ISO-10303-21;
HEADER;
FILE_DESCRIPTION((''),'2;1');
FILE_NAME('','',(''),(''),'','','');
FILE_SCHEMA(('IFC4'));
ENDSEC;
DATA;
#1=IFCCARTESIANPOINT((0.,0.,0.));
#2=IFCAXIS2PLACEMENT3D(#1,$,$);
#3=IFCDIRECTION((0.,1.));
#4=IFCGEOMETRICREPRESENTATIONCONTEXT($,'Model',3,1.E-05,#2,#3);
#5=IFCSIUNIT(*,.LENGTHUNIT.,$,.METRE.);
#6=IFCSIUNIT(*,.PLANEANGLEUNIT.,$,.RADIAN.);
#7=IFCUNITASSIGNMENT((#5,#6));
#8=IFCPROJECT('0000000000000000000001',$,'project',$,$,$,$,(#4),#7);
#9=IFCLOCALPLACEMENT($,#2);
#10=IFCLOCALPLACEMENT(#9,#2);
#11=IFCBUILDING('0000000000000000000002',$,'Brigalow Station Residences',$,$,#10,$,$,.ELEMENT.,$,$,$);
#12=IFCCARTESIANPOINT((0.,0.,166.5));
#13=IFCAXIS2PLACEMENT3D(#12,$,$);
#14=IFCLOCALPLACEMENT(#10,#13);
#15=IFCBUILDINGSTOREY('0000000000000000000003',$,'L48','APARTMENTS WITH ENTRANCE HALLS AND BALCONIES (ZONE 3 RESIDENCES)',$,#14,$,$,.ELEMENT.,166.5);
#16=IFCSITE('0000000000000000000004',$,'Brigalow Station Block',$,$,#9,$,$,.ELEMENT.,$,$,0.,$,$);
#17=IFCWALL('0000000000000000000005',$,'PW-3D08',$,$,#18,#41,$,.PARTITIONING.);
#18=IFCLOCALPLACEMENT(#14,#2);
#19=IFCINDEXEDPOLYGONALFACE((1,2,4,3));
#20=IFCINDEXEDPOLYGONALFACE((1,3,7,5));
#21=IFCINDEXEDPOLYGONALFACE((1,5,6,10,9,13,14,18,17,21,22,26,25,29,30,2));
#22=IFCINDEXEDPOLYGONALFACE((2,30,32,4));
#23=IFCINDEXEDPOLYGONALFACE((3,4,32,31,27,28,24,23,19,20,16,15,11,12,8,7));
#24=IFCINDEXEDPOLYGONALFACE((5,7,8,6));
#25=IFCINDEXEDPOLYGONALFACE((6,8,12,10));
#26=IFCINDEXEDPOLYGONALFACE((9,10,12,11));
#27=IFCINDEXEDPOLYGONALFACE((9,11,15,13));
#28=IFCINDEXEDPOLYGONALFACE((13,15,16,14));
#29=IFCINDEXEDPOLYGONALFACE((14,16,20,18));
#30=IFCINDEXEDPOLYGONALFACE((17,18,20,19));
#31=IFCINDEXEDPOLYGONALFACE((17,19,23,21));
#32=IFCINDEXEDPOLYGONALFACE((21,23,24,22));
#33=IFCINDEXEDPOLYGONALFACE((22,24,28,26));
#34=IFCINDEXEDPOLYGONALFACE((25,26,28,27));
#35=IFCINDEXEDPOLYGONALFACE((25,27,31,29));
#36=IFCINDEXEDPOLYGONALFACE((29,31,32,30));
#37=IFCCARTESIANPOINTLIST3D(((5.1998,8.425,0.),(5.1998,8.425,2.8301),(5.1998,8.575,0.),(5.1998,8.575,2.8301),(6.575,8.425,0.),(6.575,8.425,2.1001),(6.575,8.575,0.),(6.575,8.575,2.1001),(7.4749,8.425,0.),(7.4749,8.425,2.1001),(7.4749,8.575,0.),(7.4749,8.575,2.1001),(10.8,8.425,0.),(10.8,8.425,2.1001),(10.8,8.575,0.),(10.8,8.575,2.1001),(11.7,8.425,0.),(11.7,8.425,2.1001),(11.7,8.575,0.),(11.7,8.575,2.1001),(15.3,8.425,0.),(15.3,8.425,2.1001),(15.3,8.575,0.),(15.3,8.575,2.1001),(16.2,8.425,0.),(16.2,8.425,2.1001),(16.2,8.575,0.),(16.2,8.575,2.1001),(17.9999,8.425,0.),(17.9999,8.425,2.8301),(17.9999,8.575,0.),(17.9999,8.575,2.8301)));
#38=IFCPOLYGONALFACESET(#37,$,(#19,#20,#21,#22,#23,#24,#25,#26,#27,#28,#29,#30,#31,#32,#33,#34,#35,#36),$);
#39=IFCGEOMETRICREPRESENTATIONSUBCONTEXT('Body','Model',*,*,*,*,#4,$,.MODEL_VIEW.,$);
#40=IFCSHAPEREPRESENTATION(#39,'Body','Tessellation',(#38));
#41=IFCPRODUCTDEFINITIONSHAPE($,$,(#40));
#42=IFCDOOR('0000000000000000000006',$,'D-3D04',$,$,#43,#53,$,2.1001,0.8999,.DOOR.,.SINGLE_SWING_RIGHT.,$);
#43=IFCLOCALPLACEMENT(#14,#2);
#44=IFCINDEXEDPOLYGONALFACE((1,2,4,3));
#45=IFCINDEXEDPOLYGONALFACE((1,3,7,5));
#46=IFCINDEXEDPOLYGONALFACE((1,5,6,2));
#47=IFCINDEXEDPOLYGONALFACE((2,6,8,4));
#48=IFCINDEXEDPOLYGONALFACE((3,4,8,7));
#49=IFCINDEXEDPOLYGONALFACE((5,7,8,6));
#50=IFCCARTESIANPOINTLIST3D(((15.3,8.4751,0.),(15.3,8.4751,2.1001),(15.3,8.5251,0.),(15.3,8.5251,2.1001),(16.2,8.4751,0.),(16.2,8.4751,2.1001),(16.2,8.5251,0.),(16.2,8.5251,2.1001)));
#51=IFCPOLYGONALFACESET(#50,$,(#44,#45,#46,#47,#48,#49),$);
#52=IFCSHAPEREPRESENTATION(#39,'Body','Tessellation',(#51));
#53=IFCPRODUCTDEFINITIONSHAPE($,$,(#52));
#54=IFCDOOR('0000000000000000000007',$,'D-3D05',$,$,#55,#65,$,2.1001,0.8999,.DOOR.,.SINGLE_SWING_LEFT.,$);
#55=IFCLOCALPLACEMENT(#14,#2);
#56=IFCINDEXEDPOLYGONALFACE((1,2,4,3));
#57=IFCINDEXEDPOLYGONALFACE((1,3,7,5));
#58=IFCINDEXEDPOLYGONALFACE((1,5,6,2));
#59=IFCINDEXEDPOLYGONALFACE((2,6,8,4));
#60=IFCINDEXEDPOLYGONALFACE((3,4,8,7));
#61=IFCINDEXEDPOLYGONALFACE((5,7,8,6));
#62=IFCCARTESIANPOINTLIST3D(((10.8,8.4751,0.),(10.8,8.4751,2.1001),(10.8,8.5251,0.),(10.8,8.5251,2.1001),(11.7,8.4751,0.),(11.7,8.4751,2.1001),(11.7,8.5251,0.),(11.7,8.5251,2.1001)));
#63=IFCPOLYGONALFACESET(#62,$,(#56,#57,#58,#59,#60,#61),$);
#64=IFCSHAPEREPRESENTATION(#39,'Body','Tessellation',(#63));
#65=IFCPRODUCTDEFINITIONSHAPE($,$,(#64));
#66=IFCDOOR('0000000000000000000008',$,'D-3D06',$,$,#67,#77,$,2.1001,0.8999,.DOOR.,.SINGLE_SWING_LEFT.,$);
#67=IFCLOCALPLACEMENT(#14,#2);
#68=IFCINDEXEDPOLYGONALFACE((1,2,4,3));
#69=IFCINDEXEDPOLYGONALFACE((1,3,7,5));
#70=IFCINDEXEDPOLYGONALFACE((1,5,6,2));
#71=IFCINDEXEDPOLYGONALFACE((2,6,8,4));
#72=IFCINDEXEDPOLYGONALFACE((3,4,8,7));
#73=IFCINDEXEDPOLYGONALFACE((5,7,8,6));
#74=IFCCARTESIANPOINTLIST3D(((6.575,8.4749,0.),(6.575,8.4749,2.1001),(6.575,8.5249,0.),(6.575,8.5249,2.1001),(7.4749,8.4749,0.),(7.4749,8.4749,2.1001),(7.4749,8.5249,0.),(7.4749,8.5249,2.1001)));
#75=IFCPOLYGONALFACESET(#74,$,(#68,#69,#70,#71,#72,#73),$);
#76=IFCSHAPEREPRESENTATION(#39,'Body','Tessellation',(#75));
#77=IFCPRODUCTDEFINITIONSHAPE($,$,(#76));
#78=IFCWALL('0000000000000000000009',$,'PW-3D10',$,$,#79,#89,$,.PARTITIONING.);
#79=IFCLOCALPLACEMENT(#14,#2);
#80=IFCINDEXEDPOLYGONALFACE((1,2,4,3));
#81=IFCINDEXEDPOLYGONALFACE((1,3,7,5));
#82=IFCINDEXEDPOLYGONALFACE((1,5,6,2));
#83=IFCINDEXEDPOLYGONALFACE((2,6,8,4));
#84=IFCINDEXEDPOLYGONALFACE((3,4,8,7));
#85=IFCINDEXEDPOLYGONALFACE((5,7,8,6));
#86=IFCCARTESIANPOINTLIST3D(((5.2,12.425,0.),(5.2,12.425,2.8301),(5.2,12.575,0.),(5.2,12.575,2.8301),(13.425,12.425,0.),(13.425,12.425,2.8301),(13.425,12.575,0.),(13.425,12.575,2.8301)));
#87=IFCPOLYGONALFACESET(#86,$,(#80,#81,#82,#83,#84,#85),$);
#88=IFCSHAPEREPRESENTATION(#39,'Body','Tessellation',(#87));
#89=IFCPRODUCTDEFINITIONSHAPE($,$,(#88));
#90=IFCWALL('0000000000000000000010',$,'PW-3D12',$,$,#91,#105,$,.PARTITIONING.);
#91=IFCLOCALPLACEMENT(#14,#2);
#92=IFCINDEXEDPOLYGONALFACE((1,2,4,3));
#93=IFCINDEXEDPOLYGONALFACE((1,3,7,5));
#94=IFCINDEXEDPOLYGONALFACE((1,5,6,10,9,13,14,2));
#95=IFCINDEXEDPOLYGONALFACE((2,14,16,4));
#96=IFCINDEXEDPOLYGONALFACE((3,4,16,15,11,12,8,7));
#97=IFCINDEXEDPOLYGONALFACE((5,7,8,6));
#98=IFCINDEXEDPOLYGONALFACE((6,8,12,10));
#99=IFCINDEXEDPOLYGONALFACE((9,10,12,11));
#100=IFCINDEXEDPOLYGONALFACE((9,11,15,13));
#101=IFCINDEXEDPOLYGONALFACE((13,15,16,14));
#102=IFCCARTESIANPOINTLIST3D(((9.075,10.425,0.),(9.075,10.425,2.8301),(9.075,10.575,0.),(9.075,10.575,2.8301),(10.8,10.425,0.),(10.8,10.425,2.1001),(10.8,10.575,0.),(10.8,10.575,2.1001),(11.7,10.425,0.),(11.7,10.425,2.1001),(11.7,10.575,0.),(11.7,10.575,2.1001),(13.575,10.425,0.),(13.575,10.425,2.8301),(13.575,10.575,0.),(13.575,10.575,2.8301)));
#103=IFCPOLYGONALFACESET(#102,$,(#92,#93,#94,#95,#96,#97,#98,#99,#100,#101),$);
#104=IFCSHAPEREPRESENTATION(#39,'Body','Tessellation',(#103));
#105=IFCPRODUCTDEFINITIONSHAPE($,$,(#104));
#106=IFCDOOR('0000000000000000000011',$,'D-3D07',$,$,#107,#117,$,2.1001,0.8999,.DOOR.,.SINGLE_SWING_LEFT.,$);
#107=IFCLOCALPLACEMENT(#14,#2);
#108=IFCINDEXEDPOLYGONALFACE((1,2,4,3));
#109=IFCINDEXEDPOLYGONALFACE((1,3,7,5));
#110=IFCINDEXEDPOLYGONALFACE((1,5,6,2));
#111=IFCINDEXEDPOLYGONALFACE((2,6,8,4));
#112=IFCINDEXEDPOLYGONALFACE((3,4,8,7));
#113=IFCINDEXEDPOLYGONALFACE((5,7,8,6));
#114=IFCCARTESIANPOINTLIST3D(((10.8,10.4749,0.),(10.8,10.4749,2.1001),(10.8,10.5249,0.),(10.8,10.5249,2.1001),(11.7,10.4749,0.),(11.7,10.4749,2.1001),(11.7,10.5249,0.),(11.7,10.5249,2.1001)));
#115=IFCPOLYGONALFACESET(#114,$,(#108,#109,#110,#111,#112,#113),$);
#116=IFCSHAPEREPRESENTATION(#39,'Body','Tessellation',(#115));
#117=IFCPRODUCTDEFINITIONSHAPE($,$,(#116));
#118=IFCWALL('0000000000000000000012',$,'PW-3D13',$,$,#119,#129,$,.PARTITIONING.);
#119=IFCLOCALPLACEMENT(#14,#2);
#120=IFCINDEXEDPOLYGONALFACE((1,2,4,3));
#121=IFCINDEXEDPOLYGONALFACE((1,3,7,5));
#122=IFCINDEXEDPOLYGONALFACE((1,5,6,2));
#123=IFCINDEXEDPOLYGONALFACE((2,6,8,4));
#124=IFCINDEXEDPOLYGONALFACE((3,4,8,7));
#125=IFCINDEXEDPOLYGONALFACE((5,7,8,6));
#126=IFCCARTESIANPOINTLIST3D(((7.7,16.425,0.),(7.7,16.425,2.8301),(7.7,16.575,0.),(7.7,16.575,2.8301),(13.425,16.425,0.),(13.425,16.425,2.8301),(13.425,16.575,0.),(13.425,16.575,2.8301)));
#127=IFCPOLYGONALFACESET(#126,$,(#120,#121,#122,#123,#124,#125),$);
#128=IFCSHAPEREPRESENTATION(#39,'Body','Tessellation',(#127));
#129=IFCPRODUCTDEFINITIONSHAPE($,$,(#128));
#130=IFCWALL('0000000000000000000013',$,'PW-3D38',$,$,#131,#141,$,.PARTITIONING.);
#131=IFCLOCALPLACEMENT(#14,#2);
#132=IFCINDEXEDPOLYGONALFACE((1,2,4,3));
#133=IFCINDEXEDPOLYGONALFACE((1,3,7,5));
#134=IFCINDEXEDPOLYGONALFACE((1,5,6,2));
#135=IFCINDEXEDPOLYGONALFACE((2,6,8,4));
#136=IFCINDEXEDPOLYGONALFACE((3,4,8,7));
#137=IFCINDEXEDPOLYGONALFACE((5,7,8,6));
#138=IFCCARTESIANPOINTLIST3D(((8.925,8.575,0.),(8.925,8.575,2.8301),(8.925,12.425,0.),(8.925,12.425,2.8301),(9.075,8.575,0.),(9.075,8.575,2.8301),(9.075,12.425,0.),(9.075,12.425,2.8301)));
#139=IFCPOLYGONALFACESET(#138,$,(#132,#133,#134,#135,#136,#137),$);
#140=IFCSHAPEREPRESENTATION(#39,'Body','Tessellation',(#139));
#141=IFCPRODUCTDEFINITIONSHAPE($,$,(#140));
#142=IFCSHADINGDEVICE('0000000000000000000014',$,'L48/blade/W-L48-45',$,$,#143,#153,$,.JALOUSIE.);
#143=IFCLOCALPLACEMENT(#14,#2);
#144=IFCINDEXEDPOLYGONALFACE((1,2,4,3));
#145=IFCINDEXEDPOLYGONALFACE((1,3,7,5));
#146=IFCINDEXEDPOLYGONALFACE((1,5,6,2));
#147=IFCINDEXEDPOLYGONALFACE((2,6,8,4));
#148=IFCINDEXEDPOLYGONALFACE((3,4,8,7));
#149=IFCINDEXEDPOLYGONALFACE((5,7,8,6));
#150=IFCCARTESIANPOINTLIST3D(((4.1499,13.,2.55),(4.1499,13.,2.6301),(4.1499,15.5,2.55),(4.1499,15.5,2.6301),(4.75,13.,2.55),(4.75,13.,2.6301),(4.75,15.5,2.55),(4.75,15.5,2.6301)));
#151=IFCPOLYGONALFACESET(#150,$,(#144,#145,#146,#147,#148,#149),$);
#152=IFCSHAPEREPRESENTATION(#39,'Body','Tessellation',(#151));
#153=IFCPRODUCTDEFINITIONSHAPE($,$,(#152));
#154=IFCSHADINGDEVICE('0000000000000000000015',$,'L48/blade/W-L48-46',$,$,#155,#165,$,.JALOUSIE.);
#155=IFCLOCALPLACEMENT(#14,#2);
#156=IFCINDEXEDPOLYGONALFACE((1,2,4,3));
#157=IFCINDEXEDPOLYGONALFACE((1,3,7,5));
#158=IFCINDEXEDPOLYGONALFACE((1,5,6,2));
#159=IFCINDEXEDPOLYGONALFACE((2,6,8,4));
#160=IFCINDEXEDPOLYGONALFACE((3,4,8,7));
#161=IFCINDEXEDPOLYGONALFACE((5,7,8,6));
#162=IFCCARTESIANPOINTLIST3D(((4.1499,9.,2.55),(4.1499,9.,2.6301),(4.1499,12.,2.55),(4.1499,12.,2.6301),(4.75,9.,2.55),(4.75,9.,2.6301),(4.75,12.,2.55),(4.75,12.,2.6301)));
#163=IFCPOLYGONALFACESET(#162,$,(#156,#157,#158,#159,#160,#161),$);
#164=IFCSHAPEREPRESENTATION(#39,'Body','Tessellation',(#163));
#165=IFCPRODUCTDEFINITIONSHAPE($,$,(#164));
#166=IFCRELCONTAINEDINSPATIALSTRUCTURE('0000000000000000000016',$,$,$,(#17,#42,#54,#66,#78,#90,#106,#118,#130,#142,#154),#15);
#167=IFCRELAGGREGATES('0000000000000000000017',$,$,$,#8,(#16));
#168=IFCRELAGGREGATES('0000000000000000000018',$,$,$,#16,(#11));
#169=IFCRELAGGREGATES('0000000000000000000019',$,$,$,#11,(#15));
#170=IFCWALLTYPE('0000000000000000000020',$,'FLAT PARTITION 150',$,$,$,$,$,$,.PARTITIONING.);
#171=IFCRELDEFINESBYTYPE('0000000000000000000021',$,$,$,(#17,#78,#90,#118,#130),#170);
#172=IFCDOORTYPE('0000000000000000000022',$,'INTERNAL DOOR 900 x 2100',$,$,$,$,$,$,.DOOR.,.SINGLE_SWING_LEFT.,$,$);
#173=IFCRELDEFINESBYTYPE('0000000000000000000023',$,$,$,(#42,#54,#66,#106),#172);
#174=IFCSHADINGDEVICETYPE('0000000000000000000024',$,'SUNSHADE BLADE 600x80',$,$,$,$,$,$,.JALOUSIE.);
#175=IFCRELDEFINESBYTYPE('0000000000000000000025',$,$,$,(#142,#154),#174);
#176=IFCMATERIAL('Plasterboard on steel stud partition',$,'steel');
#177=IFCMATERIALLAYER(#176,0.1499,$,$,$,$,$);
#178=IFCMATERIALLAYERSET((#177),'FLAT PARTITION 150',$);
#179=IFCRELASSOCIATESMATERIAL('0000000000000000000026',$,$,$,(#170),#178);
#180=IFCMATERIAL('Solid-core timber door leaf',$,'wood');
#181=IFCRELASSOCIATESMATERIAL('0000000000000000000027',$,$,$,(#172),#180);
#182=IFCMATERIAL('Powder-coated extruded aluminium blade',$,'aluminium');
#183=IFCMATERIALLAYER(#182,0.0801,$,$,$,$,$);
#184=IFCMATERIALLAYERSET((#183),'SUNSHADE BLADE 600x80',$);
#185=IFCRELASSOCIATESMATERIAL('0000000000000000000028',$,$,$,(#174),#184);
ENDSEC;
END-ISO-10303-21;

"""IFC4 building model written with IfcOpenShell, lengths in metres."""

from ifc_helpers import new_model, si_unit, direction, frame, frame_2d, origin, origin_2d, place, context, subcontext, project, spatial, rectangle, extrude, material, layer, layer_set, type_object, element, fill, save


model = new_model("IFC4")

# Units and contexts
model_context = context("Model", 3, precision=1e-05, world=origin(), true_north=direction((0.0, 1.0)))
body_context = subcontext(model_context, "Body", "Model", "MODEL_VIEW")
ifc_project = project(units=[si_unit("LENGTHUNIT", "METRE"), si_unit("PLANEANGLEUNIT", "RADIAN")], contexts=[model_context])

# Site, building, storey
site_placement = place(None, origin())
site = spatial("IfcSite", under=ifc_project, at=site_placement, Name="Brigalow Station Block", CompositionType="ELEMENT", RefElevation=0.0)
building_placement = place(site_placement, origin())
building = spatial("IfcBuilding", under=site, at=building_placement, Name="Brigalow Station Residences", CompositionType="ELEMENT")
storey_placement = place(building_placement, frame((0.0, 0.0, 166.5)))
storey = spatial("IfcBuildingStorey", under=building, at=storey_placement, Name="L48", Description="APARTMENTS WITH ENTRANCE HALLS AND BALCONIES (ZONE 3 RESIDENCES)", CompositionType="ELEMENT", Elevation=166.5)

# Wall, openings, doors
ifc_material_1 = material(Name="Plasterboard on steel stud partition", Category="steel")
ifc_layer_1 = layer(ifc_material_1, 0.1499)
ifc_layer_set_1 = layer_set([ifc_layer_1], Name="FLAT PARTITION 150")
wall_type_1 = type_object("IfcWallType", Name="FLAT PARTITION 150", PredefinedType="PARTITIONING", material=ifc_layer_set_1)
wall_1_placement = place(storey_placement, frame((5.2, 8.5, 0.0), z_axis=(0.0, 0.0, 1.0), x_axis=(1.0, 0.0, 0.0)))
wall_1 = element("IfcWall", 1, at=wall_1_placement, inside=storey, type_object=wall_type_1, Name="PW-3D08", PredefinedType="PARTITIONING", context=body_context, shape_type="SweptSolid", body=[
    extrude(rectangle(XDim=12.8, YDim=0.1499, at=frame_2d((6.3999, 0.0))), origin(), (0.0, 0.0, 1.0), 2.8301),
])
opening_1_placement = place(wall_1_placement, frame((10.1001, 0.0, 0.0)))
opening_1 = element("IfcOpeningElement", 2, at=opening_1_placement, cuts=wall_1, PredefinedType="OPENING", context=body_context, shape_type="SweptSolid", body=[
    extrude(rectangle(XDim=0.8999, YDim=2.1001, at=frame_2d((0.45, 1.05))), frame((0.0, 0.085, 0.0), z_axis=(0.0, -1.0, 0.0), x_axis=(1.0, 0.0, 0.0)), (0.0, 0.0, 1.0), 0.1699),
])
opening_2_placement = place(wall_1_placement, frame((5.6001, 0.0, 0.0)))
opening_2 = element("IfcOpeningElement", 3, at=opening_2_placement, cuts=wall_1, PredefinedType="OPENING", context=body_context, shape_type="SweptSolid", body=[
    extrude(rectangle(XDim=0.8999, YDim=2.1001, at=frame_2d((0.45, 1.05))), frame((0.0, 0.085, 0.0), z_axis=(0.0, -1.0, 0.0), x_axis=(1.0, 0.0, 0.0)), (0.0, 0.0, 1.0), 0.1699),
])
opening_3_placement = place(wall_1_placement, frame((1.375, 0.0, 0.0)))
opening_3 = element("IfcOpeningElement", 4, at=opening_3_placement, cuts=wall_1, PredefinedType="OPENING", context=body_context, shape_type="SweptSolid", body=[
    extrude(rectangle(XDim=0.8999, YDim=2.1001, at=frame_2d((0.45, 1.05))), frame((0.0, 0.085, 0.0), z_axis=(0.0, -1.0, 0.0), x_axis=(1.0, 0.0, 0.0)), (0.0, 0.0, 1.0), 0.1699),
])
ifc_material_2 = material(Name="Solid-core timber door leaf", Category="wood")
door_type_1 = type_object("IfcDoorType", Name="INTERNAL DOOR 900 x 2100", OperationType="SINGLE_SWING_LEFT", PredefinedType="DOOR", material=ifc_material_2)
door_1_placement = place(opening_1_placement, frame((0.8999, 0.0, 0.0), z_axis=(0.0, 0.0, 1.0), x_axis=(-1.0, 0.0, 0.0)))
door_1 = element("IfcDoor", 5, at=door_1_placement, inside=storey, type_object=door_type_1, Name="D-3D04", OperationType="SINGLE_SWING_RIGHT", OverallHeight=2.1001, OverallWidth=0.8999, PredefinedType="DOOR", context=body_context, shape_type="SweptSolid", body=[
    extrude(rectangle(XDim=0.8999, YDim=2.1001, at=frame_2d((0.45, 1.05))), frame((0.0, 0.0249, 0.0), z_axis=(0.0, -1.0, 0.0), x_axis=(1.0, 0.0, 0.0)), (0.0, 0.0, 1.0), 0.05),
])
fill(opening_1, door_1)
door_2_placement = place(opening_2_placement, frame((0.8999, 0.0, 0.0), z_axis=(0.0, 0.0, 1.0), x_axis=(-1.0, 0.0, 0.0)))
door_2 = element("IfcDoor", 6, at=door_2_placement, inside=storey, type_object=door_type_1, Name="D-3D05", OperationType="SINGLE_SWING_LEFT", OverallHeight=2.1001, OverallWidth=0.8999, PredefinedType="DOOR", context=body_context, shape_type="SweptSolid", body=[
    extrude(rectangle(XDim=0.8999, YDim=2.1001, at=frame_2d((0.45, 1.05))), frame((0.0, 0.0249, 0.0), z_axis=(0.0, -1.0, 0.0), x_axis=(1.0, 0.0, 0.0)), (0.0, 0.0, 1.0), 0.05),
])
fill(opening_2, door_2)
door_3_placement = place(opening_3_placement, origin())
door_3 = element("IfcDoor", 7, at=door_3_placement, inside=storey, type_object=door_type_1, Name="D-3D06", OperationType="SINGLE_SWING_LEFT", OverallHeight=2.1001, OverallWidth=0.8999, PredefinedType="DOOR", context=body_context, shape_type="SweptSolid", body=[
    extrude(rectangle(XDim=0.8999, YDim=2.1001, at=frame_2d((0.45, 1.05))), frame((0.0, 0.0249, 0.0), z_axis=(0.0, -1.0, 0.0), x_axis=(1.0, 0.0, 0.0)), (0.0, 0.0, 1.0), 0.05),
])
fill(opening_3, door_3)

# Wall
wall_2_placement = place(storey_placement, frame((5.2, 12.5, 0.0), z_axis=(0.0, 0.0, 1.0), x_axis=(1.0, 0.0, 0.0)))
element("IfcWall", 8, at=wall_2_placement, inside=storey, type_object=wall_type_1, Name="PW-3D10", PredefinedType="PARTITIONING", context=body_context, shape_type="SweptSolid", body=[
    extrude(rectangle(XDim=8.2251, YDim=0.1499, at=frame_2d((4.1125, 0.0))), origin(), (0.0, 0.0, 1.0), 2.8301),
])

# Wall, opening, door
wall_3_placement = place(storey_placement, frame((9.075, 10.5, 0.0), z_axis=(0.0, 0.0, 1.0), x_axis=(1.0, 0.0, 0.0)))
wall_3 = element("IfcWall", 9, at=wall_3_placement, inside=storey, type_object=wall_type_1, Name="PW-3D12", PredefinedType="PARTITIONING", context=body_context, shape_type="SweptSolid", body=[
    extrude(rectangle(XDim=4.5, YDim=0.1499, at=frame_2d((2.25, 0.0))), origin(), (0.0, 0.0, 1.0), 2.8301),
])
opening_4_placement = place(wall_3_placement, frame((1.7251, 0.0, 0.0)))
opening_4 = element("IfcOpeningElement", 10, at=opening_4_placement, cuts=wall_3, PredefinedType="OPENING", context=body_context, shape_type="SweptSolid", body=[
    extrude(rectangle(XDim=0.8999, YDim=2.1001, at=frame_2d((0.45, 1.05))), frame((0.0, 0.085, 0.0), z_axis=(0.0, -1.0, 0.0), x_axis=(1.0, 0.0, 0.0)), (0.0, 0.0, 1.0), 0.1699),
])
door_4_placement = place(opening_4_placement, origin())
door_4 = element("IfcDoor", 11, at=door_4_placement, inside=storey, type_object=door_type_1, Name="D-3D07", OperationType="SINGLE_SWING_LEFT", OverallHeight=2.1001, OverallWidth=0.8999, PredefinedType="DOOR", context=body_context, shape_type="SweptSolid", body=[
    extrude(rectangle(XDim=0.8999, YDim=2.1001, at=frame_2d((0.45, 1.05))), frame((0.0, 0.0249, 0.0), z_axis=(0.0, -1.0, 0.0), x_axis=(1.0, 0.0, 0.0)), (0.0, 0.0, 1.0), 0.05),
])
fill(opening_4, door_4)

# Walls
wall_4_placement = place(storey_placement, frame((7.7, 16.5, 0.0), z_axis=(0.0, 0.0, 1.0), x_axis=(1.0, 0.0, 0.0)))
element("IfcWall", 12, at=wall_4_placement, inside=storey, type_object=wall_type_1, Name="PW-3D13", PredefinedType="PARTITIONING", context=body_context, shape_type="SweptSolid", body=[
    extrude(rectangle(XDim=5.7251, YDim=0.1499, at=frame_2d((2.8625, 0.0))), origin(), (0.0, 0.0, 1.0), 2.8301),
])
wall_5_placement = place(storey_placement, frame((9.0, 8.575, 0.0), z_axis=(0.0, 0.0, 1.0), x_axis=(0.0, 1.0, 0.0)))
element("IfcWall", 13, at=wall_5_placement, inside=storey, type_object=wall_type_1, Name="PW-3D38", PredefinedType="PARTITIONING", context=body_context, shape_type="SweptSolid", body=[
    extrude(rectangle(XDim=3.8501, YDim=0.1499, at=frame_2d((1.925, 0.0))), origin(), (0.0, 0.0, 1.0), 2.8301),
])

# Shading devices
ifc_material_3 = material(Name="Powder-coated extruded aluminium blade", Category="aluminium")
ifc_layer_2 = layer(ifc_material_3, 0.0801)
ifc_layer_set_2 = layer_set([ifc_layer_2], Name="SUNSHADE BLADE 600x80")
shading_device_type = type_object("IfcShadingDeviceType", Name="SUNSHADE BLADE 600x80", PredefinedType="JALOUSIE", material=ifc_layer_set_2)
shading_device_1_placement = place(storey_placement, frame((4.45, 14.25, 2.55), z_axis=(0.0, 0.0, 1.0), x_axis=(0.0, -1.0, 0.0)))
element("IfcShadingDevice", 14, at=shading_device_1_placement, inside=storey, type_object=shading_device_type, Name="L48/blade/W-L48-45", PredefinedType="JALOUSIE", context=body_context, shape_type="SweptSolid", body=[
    extrude(rectangle(XDim=2.5, YDim=0.6001, at=origin_2d()), origin(), (0.0, 0.0, 1.0), 0.0801),
])
shading_device_2_placement = place(storey_placement, frame((4.45, 10.5, 2.55), z_axis=(0.0, 0.0, 1.0), x_axis=(0.0, -1.0, 0.0)))
element("IfcShadingDevice", 15, at=shading_device_2_placement, inside=storey, type_object=shading_device_type, Name="L48/blade/W-L48-46", PredefinedType="JALOUSIE", context=body_context, shape_type="SweptSolid", body=[
    extrude(rectangle(XDim=3.0, YDim=0.6001, at=origin_2d()), origin(), (0.0, 0.0, 1.0), 0.0801),
])

save(model, "model.ifc")
